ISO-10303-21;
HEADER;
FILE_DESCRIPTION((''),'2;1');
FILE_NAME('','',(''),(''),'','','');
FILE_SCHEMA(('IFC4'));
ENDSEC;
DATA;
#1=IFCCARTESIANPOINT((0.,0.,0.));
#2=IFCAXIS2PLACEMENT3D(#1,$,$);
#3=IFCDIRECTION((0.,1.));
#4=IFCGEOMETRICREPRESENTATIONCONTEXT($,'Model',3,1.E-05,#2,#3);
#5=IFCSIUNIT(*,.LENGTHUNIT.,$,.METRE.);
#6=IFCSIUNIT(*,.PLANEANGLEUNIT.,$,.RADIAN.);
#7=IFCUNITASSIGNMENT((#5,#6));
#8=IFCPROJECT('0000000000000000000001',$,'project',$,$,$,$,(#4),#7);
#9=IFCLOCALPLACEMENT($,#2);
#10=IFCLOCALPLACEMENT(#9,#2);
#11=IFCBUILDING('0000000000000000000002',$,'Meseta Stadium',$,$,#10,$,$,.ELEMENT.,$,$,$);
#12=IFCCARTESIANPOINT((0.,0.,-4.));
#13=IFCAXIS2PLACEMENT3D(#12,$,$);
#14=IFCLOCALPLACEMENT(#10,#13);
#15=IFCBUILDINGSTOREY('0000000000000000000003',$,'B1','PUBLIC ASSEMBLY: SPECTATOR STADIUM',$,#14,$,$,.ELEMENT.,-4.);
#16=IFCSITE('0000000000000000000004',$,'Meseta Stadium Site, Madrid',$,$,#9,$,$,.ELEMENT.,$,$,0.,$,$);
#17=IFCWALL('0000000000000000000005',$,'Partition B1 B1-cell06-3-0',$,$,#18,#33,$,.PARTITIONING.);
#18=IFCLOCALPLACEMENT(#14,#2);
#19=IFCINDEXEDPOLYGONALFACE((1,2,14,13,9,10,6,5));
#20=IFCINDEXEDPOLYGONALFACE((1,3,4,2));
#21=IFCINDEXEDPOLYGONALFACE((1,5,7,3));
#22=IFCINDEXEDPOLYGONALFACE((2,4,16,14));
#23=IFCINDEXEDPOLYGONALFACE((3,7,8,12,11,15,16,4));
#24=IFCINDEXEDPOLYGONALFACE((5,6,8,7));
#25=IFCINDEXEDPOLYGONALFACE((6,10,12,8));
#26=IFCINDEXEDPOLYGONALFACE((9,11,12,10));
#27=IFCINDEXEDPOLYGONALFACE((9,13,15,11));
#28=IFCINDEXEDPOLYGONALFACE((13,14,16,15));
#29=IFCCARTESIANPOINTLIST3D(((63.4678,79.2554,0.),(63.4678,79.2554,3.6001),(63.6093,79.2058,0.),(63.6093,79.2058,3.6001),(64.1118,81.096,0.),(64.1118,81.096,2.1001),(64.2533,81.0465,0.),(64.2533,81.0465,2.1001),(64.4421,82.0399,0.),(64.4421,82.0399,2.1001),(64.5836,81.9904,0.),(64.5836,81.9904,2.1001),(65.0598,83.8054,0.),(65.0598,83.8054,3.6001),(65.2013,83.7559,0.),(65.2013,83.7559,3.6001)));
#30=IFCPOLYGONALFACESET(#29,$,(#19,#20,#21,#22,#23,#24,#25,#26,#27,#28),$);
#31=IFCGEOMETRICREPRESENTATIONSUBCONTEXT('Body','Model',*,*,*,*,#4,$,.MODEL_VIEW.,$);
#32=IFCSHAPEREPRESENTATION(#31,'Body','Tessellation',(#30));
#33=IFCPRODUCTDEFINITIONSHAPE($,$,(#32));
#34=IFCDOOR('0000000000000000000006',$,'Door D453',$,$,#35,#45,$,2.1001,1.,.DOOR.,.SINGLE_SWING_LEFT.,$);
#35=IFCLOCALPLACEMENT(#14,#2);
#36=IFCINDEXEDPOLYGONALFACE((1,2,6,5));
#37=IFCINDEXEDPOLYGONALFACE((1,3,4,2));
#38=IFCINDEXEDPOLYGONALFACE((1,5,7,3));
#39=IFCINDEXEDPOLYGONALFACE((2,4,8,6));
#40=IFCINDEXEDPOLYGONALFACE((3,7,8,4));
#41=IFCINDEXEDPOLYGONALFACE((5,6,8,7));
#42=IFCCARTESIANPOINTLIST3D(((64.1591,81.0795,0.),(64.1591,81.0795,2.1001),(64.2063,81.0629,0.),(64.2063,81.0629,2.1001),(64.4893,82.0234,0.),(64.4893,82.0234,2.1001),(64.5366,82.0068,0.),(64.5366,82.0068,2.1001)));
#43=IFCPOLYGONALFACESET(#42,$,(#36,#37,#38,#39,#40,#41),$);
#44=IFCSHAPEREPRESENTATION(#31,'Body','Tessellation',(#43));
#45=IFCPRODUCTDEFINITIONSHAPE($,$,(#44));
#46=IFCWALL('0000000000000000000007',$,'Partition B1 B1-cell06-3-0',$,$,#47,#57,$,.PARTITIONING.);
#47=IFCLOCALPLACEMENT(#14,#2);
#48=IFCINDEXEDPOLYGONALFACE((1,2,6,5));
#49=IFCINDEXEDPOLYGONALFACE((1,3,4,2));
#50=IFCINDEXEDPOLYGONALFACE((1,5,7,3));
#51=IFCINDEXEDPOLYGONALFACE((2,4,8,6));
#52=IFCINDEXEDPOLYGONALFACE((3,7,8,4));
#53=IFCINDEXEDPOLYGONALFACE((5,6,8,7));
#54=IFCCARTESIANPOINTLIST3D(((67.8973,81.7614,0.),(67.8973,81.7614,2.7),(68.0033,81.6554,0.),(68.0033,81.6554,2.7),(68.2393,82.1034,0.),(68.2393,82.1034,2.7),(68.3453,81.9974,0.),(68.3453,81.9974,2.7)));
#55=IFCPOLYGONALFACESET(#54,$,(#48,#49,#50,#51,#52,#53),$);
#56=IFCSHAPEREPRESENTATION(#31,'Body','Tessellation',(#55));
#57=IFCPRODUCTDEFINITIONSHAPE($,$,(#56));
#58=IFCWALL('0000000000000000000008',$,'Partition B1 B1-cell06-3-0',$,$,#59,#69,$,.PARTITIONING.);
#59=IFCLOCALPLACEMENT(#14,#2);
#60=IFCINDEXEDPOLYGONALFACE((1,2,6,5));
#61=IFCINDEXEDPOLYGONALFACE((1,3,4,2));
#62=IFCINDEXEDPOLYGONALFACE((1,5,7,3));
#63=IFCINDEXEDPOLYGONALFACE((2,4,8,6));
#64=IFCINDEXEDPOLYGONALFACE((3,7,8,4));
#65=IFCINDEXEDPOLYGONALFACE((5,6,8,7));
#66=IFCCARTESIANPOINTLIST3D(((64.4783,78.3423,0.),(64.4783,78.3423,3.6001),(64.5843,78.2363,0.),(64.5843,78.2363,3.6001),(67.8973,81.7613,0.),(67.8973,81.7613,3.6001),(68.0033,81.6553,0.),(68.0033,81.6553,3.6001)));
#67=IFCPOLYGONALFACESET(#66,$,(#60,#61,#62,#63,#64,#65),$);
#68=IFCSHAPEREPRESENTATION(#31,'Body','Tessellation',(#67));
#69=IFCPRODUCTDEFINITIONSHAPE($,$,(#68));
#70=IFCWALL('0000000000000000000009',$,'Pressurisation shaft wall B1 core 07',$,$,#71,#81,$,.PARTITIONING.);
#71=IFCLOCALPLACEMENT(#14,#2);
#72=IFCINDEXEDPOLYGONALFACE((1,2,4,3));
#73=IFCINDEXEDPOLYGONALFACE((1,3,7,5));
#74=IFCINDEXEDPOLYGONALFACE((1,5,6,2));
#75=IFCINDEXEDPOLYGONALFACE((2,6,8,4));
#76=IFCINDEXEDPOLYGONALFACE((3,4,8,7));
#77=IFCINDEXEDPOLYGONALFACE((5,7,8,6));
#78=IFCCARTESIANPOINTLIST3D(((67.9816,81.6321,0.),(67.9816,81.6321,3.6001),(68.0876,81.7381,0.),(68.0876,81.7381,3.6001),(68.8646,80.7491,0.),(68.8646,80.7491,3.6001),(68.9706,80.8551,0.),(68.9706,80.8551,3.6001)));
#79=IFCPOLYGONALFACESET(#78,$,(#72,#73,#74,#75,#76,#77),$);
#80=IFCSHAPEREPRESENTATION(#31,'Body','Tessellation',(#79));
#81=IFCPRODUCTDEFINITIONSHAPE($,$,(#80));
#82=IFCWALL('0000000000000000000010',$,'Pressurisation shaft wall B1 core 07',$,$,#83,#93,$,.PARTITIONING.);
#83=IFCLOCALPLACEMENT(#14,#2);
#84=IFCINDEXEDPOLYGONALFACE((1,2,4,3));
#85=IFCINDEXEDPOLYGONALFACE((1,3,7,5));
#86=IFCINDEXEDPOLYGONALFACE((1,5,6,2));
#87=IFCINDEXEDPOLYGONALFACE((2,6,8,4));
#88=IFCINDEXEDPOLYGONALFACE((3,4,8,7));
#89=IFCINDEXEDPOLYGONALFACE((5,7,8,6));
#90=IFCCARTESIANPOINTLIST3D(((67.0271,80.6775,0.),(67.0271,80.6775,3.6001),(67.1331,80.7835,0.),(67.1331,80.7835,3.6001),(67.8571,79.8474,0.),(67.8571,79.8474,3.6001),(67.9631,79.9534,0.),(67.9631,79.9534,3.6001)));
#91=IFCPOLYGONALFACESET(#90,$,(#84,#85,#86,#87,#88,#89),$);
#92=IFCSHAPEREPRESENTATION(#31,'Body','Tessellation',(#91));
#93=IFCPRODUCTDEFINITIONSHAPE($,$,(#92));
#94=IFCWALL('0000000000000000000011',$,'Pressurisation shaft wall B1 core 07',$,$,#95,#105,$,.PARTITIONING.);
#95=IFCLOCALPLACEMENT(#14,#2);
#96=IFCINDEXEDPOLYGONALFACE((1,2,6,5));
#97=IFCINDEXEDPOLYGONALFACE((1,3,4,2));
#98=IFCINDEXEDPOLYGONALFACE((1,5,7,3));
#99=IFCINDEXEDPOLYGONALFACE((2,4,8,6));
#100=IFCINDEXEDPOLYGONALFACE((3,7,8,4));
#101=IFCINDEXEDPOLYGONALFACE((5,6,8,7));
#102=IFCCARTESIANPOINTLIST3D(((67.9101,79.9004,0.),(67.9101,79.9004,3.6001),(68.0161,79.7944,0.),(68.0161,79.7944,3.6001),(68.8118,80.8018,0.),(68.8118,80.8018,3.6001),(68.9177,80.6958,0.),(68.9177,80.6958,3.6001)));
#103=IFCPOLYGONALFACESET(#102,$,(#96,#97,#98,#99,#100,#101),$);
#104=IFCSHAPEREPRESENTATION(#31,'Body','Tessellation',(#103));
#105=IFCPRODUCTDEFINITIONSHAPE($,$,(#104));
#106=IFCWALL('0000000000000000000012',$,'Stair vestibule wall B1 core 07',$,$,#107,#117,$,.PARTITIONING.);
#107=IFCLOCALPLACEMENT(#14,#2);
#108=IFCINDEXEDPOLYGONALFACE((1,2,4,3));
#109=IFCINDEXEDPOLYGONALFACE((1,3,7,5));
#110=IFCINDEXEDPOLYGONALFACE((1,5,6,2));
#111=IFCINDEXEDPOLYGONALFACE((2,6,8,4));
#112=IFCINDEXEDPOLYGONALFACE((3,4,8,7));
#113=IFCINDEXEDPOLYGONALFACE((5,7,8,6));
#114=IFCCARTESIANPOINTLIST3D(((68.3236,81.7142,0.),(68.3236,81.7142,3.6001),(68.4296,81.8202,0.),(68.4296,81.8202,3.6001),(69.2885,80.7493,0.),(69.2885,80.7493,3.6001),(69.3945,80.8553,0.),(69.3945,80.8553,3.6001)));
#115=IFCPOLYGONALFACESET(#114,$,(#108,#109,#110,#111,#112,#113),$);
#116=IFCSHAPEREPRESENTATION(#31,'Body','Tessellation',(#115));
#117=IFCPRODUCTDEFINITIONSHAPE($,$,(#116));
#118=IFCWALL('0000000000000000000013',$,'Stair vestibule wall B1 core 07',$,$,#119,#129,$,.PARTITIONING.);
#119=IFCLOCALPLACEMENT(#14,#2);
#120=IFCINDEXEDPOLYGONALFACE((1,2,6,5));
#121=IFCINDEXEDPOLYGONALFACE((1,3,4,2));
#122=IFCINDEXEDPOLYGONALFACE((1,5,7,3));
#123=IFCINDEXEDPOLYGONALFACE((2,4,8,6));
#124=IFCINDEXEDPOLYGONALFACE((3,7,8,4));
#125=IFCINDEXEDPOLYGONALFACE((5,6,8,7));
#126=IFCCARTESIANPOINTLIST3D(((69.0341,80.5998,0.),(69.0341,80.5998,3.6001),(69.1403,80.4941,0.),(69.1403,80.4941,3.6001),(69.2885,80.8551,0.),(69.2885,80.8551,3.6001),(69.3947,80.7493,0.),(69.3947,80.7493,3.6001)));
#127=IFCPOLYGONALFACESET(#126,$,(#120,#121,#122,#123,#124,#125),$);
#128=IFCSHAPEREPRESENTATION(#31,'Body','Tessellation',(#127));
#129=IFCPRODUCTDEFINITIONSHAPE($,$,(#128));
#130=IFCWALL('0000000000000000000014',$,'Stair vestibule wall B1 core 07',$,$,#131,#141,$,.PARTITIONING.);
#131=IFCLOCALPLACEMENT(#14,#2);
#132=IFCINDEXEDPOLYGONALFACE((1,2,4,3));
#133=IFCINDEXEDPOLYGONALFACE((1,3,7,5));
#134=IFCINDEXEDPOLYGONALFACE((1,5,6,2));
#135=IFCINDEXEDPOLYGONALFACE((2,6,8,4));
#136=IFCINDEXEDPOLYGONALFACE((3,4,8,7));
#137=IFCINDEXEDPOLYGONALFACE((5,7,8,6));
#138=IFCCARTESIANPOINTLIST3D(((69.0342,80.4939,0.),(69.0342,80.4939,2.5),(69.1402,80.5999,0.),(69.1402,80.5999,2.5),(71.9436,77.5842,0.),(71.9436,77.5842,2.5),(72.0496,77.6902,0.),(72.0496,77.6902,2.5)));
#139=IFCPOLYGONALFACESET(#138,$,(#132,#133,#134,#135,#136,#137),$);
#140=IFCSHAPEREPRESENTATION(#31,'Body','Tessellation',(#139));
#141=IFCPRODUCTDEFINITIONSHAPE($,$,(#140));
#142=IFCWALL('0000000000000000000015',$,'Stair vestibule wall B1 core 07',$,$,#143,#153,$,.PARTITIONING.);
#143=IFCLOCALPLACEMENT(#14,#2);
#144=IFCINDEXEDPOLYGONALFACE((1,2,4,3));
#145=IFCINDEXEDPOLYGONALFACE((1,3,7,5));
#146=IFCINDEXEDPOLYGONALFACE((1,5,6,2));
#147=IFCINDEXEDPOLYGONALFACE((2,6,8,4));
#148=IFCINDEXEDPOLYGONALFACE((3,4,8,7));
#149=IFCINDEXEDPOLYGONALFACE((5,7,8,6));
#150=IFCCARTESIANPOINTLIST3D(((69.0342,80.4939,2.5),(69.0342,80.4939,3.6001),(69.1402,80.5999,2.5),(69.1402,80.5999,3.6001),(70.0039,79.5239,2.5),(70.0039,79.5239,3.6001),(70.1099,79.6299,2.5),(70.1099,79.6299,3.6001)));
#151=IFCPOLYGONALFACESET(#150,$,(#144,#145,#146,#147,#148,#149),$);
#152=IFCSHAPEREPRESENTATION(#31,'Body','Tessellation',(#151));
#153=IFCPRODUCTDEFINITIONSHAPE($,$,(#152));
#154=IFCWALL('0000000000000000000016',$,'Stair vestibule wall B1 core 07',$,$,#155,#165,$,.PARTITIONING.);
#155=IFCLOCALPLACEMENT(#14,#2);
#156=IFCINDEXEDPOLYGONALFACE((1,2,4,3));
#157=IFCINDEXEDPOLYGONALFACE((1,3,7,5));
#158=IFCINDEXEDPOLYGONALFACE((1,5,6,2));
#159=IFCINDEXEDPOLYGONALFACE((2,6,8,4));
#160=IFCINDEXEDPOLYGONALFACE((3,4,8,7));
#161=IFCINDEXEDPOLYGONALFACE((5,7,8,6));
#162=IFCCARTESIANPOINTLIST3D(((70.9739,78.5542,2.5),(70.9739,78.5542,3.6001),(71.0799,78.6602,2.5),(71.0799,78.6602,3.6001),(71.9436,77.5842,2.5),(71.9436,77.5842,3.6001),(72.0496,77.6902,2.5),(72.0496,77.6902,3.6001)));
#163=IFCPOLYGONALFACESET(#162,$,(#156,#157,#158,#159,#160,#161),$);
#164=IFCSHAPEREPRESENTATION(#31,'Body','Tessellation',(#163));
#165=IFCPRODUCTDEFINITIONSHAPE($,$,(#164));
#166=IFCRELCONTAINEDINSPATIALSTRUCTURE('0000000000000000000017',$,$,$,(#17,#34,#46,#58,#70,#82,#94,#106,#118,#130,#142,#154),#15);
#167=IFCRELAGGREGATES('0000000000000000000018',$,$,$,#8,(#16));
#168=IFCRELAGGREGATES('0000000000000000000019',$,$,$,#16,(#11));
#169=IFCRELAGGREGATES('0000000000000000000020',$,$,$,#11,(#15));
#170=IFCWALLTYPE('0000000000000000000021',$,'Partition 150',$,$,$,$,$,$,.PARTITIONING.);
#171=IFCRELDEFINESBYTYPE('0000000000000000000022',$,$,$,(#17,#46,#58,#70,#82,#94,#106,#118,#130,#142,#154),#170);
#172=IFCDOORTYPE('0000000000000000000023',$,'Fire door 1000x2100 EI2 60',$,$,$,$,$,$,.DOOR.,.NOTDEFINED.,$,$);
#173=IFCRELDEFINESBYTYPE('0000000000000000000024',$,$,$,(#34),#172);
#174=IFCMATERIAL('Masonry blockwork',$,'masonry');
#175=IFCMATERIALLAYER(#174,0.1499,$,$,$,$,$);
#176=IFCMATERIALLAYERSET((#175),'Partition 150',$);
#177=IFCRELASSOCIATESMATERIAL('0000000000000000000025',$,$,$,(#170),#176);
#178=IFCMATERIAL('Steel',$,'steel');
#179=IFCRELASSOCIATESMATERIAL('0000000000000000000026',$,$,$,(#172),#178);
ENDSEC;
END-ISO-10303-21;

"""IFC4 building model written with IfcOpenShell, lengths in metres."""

from ifc_helpers import new_model, si_unit, direction, frame, frame_2d, origin, place, context, subcontext, project, spatial, rectangle, extrude, material, layer, layer_set, type_object, element, fill, save


model = new_model("IFC4")

# Units and contexts
model_context = context("Model", 3, precision=1e-05, world=origin(), true_north=direction((0.0, 1.0)))
body_context = subcontext(model_context, "Body", "Model", "MODEL_VIEW")
ifc_project = project(units=[si_unit("LENGTHUNIT", "METRE"), si_unit("PLANEANGLEUNIT", "RADIAN")], contexts=[model_context])

# Site, building, storey
site_placement = place(None, origin())
site = spatial("IfcSite", under=ifc_project, at=site_placement, Name="Meseta Stadium Site, Madrid", CompositionType="ELEMENT", RefElevation=0.0)
building_placement = place(site_placement, origin())
building = spatial("IfcBuilding", under=site, at=building_placement, Name="Meseta Stadium", CompositionType="ELEMENT")
storey_placement = place(building_placement, frame((0.0, 0.0, -4.0)))
storey = spatial("IfcBuildingStorey", under=building, at=storey_placement, Name="B1", Description="PUBLIC ASSEMBLY: SPECTATOR STADIUM", CompositionType="ELEMENT", Elevation=-4.0)

# Shared definitions
ifc_material_1 = material(Name="Masonry blockwork", Category="masonry")
ifc_layer_1 = layer(ifc_material_1, 0.1499)
ifc_layer_set_1 = layer_set([ifc_layer_1], Name="Partition 150")
wall_type_1 = type_object("IfcWallType", Name="Partition 150", PredefinedType="PARTITIONING", material=ifc_layer_set_1)

# Wall, opening, door
wall_1_placement = place(storey_placement, frame((63.5386, 79.2307, 0.0), z_axis=(0.0, 0.0, 1.0), x_axis=(0.330262, 0.943889, 0.0)))
wall_1 = element("IfcWall", 1, at=wall_1_placement, inside=storey, type_object=wall_type_1, Name="Partition B1 B1-cell06-3-0", PredefinedType="PARTITIONING", context=body_context, shape_type="SweptSolid", body=[
    extrude(rectangle(XDim=4.8206, YDim=0.1499, at=frame_2d((2.4102, 0.0))), origin(), (0.0, 0.0, 1.0), 3.6001),
])
opening_1_placement = place(wall_1_placement, frame((1.95, 0.0, 0.0)))
opening_1 = element("IfcOpeningElement", 2, at=opening_1_placement, cuts=wall_1, PredefinedType="OPENING", context=body_context, shape_type="SweptSolid", body=[
    extrude(rectangle(XDim=1.0, YDim=2.1001, at=frame_2d((0.5, 1.05))), frame((0.0, 0.085, 0.0), z_axis=(0.0, -1.0, 0.0), x_axis=(1.0, 0.0, 0.0)), (0.0, 0.0, 1.0), 0.1699),
])
ifc_material_2 = material(Name="Steel", Category="steel")
door_type_1 = type_object("IfcDoorType", Name="Fire door 1000x2100 EI2 60", OperationType="NOTDEFINED", PredefinedType="DOOR", material=ifc_material_2)
door_1_placement = place(opening_1_placement, origin())
door_1 = element("IfcDoor", 3, at=door_1_placement, inside=storey, type_object=door_type_1, Name="Door D453", OperationType="SINGLE_SWING_LEFT", OverallHeight=2.1001, OverallWidth=1.0, PredefinedType="DOOR", context=body_context, shape_type="SweptSolid", body=[
    extrude(rectangle(XDim=1.0, YDim=2.1001, at=frame_2d((0.5, 1.05))), frame((0.0, 0.0249, 0.0), z_axis=(0.0, -1.0, 0.0), x_axis=(1.0, 0.0, 0.0)), (0.0, 0.0, 1.0), 0.05),
])
fill(opening_1, door_1)

# Walls
wall_2_placement = place(storey_placement, frame((68.2922, 82.0503, 0.0), z_axis=(0.0, 0.0, 1.0), x_axis=(-0.707107, -0.707107, 0.0)))
element("IfcWall", 4, at=wall_2_placement, inside=storey, type_object=wall_type_1, Name="Partition B1 B1-cell06-3-0", PredefinedType="PARTITIONING", context=body_context, shape_type="SweptSolid", body=[
    extrude(rectangle(XDim=0.4836, YDim=0.1499, at=frame_2d((0.2417, 0.0))), origin(), (0.0, 0.0, 1.0), 2.7),
])
wall_3_placement = place(storey_placement, frame((67.9502, 81.7083, 0.0), z_axis=(0.0, 0.0, 1.0), x_axis=(-0.707107, -0.707107, 0.0)))
element("IfcWall", 5, at=wall_3_placement, inside=storey, type_object=wall_type_1, Name="Partition B1 B1-cell06-3-0", PredefinedType="PARTITIONING", context=body_context, shape_type="SweptSolid", body=[
    extrude(rectangle(XDim=4.8352, YDim=0.1499, at=frame_2d((2.4175, 0.0))), origin(), (0.0, 0.0, 1.0), 3.6001),
])
wall_4_placement = place(storey_placement, frame((68.9177, 80.802, 0.0), z_axis=(0.0, 0.0, 1.0), x_axis=(-0.707107, 0.707107, 0.0)))
element("IfcWall", 6, at=wall_4_placement, inside=storey, type_object=wall_type_1, Name="Pressurisation shaft wall B1 core 07", PredefinedType="PARTITIONING", context=body_context, shape_type="SweptSolid", body=[
    extrude(rectangle(XDim=1.2488, YDim=0.1499, at=frame_2d((0.6245, 0.0))), origin(), (0.0, 0.0, 1.0), 3.6001),
])
wall_5_placement = place(storey_placement, frame((67.0801, 80.7305, 0.0), z_axis=(0.0, 0.0, 1.0), x_axis=(0.707107, -0.707107, 0.0)))
element("IfcWall", 7, at=wall_5_placement, inside=storey, type_object=wall_type_1, Name="Pressurisation shaft wall B1 core 07", PredefinedType="PARTITIONING", context=body_context, shape_type="SweptSolid", body=[
    extrude(rectangle(XDim=1.1738, YDim=0.1499, at=frame_2d((0.5869, 0.0))), origin(), (0.0, 0.0, 1.0), 3.6001),
])
wall_6_placement = place(storey_placement, frame((67.9631, 79.8474, 0.0), z_axis=(0.0, 0.0, 1.0), x_axis=(0.707203, 0.707011, 0.0)))
element("IfcWall", 8, at=wall_6_placement, inside=storey, type_object=wall_type_1, Name="Pressurisation shaft wall B1 core 07", PredefinedType="PARTITIONING", context=body_context, shape_type="SweptSolid", body=[
    extrude(rectangle(XDim=1.2749, YDim=0.1499, at=frame_2d((0.6375, 0.0))), origin(), (0.0, 0.0, 1.0), 3.6001),
])
wall_7_placement = place(storey_placement, frame((68.3767, 81.7671, 0.0), z_axis=(0.0, 0.0, 1.0), x_axis=(0.707107, -0.707107, 0.0)))
element("IfcWall", 9, at=wall_7_placement, inside=storey, type_object=wall_type_1, Name="Stair vestibule wall B1 core 07", PredefinedType="PARTITIONING", context=body_context, shape_type="SweptSolid", body=[
    extrude(rectangle(XDim=1.3645, YDim=0.1499, at=frame_2d((0.6821, 0.0))), origin(), (0.0, 0.0, 1.0), 3.6001),
])
wall_8_placement = place(storey_placement, frame((69.3416, 80.8022, 0.0), z_axis=(0.0, 0.0, 1.0), x_axis=(-0.705751, -0.70846, 0.0)))
element("IfcWall", 10, at=wall_8_placement, inside=storey, type_object=wall_type_1, Name="Stair vestibule wall B1 core 07", PredefinedType="PARTITIONING", context=body_context, shape_type="SweptSolid", body=[
    extrude(rectangle(XDim=0.3604, YDim=0.1499, at=frame_2d((0.1802, 0.0))), origin(), (0.0, 0.0, 1.0), 3.6001),
])
wall_9_placement = place(storey_placement, frame((69.0872, 80.5469, 0.0), z_axis=(0.0, 0.0, 1.0), x_axis=(0.707077, -0.707136, 0.0)))
element("IfcWall", 11, at=wall_9_placement, inside=storey, type_object=wall_type_1, Name="Stair vestibule wall B1 core 07", PredefinedType="PARTITIONING", context=body_context, shape_type="SweptSolid", body=[
    extrude(rectangle(XDim=4.1147, YDim=0.1499, at=frame_2d((2.0574, 0.0))), origin(), (0.0, 0.0, 1.0), 2.5),
])
for number, where, z_axis, x_axis, name in (
    (12, (69.0872, 80.5469, 2.5), (0.0, 0.0, 1.0), (0.707018, -0.707196, 0.0), "Stair vestibule wall B1 core 07"),
    (13, (71.0269, 78.6072, 2.5), (0.0, 0.0, 1.0), (0.707018, -0.707196, 0.0), "Stair vestibule wall B1 core 07"),
):
    element("IfcWall", number, at=place(storey_placement, frame(where, z_axis=z_axis, x_axis=x_axis)), inside=storey, type_object=wall_type_1, Name=name, PredefinedType="PARTITIONING", context=body_context, shape_type="SweptSolid", body=[
        extrude(rectangle(XDim=1.3716, YDim=0.1499, at=frame_2d((0.6858, 0.0))), origin(), (0.0, 0.0, 1.0), 1.1001),
    ])

save(model, "model.ifc")
